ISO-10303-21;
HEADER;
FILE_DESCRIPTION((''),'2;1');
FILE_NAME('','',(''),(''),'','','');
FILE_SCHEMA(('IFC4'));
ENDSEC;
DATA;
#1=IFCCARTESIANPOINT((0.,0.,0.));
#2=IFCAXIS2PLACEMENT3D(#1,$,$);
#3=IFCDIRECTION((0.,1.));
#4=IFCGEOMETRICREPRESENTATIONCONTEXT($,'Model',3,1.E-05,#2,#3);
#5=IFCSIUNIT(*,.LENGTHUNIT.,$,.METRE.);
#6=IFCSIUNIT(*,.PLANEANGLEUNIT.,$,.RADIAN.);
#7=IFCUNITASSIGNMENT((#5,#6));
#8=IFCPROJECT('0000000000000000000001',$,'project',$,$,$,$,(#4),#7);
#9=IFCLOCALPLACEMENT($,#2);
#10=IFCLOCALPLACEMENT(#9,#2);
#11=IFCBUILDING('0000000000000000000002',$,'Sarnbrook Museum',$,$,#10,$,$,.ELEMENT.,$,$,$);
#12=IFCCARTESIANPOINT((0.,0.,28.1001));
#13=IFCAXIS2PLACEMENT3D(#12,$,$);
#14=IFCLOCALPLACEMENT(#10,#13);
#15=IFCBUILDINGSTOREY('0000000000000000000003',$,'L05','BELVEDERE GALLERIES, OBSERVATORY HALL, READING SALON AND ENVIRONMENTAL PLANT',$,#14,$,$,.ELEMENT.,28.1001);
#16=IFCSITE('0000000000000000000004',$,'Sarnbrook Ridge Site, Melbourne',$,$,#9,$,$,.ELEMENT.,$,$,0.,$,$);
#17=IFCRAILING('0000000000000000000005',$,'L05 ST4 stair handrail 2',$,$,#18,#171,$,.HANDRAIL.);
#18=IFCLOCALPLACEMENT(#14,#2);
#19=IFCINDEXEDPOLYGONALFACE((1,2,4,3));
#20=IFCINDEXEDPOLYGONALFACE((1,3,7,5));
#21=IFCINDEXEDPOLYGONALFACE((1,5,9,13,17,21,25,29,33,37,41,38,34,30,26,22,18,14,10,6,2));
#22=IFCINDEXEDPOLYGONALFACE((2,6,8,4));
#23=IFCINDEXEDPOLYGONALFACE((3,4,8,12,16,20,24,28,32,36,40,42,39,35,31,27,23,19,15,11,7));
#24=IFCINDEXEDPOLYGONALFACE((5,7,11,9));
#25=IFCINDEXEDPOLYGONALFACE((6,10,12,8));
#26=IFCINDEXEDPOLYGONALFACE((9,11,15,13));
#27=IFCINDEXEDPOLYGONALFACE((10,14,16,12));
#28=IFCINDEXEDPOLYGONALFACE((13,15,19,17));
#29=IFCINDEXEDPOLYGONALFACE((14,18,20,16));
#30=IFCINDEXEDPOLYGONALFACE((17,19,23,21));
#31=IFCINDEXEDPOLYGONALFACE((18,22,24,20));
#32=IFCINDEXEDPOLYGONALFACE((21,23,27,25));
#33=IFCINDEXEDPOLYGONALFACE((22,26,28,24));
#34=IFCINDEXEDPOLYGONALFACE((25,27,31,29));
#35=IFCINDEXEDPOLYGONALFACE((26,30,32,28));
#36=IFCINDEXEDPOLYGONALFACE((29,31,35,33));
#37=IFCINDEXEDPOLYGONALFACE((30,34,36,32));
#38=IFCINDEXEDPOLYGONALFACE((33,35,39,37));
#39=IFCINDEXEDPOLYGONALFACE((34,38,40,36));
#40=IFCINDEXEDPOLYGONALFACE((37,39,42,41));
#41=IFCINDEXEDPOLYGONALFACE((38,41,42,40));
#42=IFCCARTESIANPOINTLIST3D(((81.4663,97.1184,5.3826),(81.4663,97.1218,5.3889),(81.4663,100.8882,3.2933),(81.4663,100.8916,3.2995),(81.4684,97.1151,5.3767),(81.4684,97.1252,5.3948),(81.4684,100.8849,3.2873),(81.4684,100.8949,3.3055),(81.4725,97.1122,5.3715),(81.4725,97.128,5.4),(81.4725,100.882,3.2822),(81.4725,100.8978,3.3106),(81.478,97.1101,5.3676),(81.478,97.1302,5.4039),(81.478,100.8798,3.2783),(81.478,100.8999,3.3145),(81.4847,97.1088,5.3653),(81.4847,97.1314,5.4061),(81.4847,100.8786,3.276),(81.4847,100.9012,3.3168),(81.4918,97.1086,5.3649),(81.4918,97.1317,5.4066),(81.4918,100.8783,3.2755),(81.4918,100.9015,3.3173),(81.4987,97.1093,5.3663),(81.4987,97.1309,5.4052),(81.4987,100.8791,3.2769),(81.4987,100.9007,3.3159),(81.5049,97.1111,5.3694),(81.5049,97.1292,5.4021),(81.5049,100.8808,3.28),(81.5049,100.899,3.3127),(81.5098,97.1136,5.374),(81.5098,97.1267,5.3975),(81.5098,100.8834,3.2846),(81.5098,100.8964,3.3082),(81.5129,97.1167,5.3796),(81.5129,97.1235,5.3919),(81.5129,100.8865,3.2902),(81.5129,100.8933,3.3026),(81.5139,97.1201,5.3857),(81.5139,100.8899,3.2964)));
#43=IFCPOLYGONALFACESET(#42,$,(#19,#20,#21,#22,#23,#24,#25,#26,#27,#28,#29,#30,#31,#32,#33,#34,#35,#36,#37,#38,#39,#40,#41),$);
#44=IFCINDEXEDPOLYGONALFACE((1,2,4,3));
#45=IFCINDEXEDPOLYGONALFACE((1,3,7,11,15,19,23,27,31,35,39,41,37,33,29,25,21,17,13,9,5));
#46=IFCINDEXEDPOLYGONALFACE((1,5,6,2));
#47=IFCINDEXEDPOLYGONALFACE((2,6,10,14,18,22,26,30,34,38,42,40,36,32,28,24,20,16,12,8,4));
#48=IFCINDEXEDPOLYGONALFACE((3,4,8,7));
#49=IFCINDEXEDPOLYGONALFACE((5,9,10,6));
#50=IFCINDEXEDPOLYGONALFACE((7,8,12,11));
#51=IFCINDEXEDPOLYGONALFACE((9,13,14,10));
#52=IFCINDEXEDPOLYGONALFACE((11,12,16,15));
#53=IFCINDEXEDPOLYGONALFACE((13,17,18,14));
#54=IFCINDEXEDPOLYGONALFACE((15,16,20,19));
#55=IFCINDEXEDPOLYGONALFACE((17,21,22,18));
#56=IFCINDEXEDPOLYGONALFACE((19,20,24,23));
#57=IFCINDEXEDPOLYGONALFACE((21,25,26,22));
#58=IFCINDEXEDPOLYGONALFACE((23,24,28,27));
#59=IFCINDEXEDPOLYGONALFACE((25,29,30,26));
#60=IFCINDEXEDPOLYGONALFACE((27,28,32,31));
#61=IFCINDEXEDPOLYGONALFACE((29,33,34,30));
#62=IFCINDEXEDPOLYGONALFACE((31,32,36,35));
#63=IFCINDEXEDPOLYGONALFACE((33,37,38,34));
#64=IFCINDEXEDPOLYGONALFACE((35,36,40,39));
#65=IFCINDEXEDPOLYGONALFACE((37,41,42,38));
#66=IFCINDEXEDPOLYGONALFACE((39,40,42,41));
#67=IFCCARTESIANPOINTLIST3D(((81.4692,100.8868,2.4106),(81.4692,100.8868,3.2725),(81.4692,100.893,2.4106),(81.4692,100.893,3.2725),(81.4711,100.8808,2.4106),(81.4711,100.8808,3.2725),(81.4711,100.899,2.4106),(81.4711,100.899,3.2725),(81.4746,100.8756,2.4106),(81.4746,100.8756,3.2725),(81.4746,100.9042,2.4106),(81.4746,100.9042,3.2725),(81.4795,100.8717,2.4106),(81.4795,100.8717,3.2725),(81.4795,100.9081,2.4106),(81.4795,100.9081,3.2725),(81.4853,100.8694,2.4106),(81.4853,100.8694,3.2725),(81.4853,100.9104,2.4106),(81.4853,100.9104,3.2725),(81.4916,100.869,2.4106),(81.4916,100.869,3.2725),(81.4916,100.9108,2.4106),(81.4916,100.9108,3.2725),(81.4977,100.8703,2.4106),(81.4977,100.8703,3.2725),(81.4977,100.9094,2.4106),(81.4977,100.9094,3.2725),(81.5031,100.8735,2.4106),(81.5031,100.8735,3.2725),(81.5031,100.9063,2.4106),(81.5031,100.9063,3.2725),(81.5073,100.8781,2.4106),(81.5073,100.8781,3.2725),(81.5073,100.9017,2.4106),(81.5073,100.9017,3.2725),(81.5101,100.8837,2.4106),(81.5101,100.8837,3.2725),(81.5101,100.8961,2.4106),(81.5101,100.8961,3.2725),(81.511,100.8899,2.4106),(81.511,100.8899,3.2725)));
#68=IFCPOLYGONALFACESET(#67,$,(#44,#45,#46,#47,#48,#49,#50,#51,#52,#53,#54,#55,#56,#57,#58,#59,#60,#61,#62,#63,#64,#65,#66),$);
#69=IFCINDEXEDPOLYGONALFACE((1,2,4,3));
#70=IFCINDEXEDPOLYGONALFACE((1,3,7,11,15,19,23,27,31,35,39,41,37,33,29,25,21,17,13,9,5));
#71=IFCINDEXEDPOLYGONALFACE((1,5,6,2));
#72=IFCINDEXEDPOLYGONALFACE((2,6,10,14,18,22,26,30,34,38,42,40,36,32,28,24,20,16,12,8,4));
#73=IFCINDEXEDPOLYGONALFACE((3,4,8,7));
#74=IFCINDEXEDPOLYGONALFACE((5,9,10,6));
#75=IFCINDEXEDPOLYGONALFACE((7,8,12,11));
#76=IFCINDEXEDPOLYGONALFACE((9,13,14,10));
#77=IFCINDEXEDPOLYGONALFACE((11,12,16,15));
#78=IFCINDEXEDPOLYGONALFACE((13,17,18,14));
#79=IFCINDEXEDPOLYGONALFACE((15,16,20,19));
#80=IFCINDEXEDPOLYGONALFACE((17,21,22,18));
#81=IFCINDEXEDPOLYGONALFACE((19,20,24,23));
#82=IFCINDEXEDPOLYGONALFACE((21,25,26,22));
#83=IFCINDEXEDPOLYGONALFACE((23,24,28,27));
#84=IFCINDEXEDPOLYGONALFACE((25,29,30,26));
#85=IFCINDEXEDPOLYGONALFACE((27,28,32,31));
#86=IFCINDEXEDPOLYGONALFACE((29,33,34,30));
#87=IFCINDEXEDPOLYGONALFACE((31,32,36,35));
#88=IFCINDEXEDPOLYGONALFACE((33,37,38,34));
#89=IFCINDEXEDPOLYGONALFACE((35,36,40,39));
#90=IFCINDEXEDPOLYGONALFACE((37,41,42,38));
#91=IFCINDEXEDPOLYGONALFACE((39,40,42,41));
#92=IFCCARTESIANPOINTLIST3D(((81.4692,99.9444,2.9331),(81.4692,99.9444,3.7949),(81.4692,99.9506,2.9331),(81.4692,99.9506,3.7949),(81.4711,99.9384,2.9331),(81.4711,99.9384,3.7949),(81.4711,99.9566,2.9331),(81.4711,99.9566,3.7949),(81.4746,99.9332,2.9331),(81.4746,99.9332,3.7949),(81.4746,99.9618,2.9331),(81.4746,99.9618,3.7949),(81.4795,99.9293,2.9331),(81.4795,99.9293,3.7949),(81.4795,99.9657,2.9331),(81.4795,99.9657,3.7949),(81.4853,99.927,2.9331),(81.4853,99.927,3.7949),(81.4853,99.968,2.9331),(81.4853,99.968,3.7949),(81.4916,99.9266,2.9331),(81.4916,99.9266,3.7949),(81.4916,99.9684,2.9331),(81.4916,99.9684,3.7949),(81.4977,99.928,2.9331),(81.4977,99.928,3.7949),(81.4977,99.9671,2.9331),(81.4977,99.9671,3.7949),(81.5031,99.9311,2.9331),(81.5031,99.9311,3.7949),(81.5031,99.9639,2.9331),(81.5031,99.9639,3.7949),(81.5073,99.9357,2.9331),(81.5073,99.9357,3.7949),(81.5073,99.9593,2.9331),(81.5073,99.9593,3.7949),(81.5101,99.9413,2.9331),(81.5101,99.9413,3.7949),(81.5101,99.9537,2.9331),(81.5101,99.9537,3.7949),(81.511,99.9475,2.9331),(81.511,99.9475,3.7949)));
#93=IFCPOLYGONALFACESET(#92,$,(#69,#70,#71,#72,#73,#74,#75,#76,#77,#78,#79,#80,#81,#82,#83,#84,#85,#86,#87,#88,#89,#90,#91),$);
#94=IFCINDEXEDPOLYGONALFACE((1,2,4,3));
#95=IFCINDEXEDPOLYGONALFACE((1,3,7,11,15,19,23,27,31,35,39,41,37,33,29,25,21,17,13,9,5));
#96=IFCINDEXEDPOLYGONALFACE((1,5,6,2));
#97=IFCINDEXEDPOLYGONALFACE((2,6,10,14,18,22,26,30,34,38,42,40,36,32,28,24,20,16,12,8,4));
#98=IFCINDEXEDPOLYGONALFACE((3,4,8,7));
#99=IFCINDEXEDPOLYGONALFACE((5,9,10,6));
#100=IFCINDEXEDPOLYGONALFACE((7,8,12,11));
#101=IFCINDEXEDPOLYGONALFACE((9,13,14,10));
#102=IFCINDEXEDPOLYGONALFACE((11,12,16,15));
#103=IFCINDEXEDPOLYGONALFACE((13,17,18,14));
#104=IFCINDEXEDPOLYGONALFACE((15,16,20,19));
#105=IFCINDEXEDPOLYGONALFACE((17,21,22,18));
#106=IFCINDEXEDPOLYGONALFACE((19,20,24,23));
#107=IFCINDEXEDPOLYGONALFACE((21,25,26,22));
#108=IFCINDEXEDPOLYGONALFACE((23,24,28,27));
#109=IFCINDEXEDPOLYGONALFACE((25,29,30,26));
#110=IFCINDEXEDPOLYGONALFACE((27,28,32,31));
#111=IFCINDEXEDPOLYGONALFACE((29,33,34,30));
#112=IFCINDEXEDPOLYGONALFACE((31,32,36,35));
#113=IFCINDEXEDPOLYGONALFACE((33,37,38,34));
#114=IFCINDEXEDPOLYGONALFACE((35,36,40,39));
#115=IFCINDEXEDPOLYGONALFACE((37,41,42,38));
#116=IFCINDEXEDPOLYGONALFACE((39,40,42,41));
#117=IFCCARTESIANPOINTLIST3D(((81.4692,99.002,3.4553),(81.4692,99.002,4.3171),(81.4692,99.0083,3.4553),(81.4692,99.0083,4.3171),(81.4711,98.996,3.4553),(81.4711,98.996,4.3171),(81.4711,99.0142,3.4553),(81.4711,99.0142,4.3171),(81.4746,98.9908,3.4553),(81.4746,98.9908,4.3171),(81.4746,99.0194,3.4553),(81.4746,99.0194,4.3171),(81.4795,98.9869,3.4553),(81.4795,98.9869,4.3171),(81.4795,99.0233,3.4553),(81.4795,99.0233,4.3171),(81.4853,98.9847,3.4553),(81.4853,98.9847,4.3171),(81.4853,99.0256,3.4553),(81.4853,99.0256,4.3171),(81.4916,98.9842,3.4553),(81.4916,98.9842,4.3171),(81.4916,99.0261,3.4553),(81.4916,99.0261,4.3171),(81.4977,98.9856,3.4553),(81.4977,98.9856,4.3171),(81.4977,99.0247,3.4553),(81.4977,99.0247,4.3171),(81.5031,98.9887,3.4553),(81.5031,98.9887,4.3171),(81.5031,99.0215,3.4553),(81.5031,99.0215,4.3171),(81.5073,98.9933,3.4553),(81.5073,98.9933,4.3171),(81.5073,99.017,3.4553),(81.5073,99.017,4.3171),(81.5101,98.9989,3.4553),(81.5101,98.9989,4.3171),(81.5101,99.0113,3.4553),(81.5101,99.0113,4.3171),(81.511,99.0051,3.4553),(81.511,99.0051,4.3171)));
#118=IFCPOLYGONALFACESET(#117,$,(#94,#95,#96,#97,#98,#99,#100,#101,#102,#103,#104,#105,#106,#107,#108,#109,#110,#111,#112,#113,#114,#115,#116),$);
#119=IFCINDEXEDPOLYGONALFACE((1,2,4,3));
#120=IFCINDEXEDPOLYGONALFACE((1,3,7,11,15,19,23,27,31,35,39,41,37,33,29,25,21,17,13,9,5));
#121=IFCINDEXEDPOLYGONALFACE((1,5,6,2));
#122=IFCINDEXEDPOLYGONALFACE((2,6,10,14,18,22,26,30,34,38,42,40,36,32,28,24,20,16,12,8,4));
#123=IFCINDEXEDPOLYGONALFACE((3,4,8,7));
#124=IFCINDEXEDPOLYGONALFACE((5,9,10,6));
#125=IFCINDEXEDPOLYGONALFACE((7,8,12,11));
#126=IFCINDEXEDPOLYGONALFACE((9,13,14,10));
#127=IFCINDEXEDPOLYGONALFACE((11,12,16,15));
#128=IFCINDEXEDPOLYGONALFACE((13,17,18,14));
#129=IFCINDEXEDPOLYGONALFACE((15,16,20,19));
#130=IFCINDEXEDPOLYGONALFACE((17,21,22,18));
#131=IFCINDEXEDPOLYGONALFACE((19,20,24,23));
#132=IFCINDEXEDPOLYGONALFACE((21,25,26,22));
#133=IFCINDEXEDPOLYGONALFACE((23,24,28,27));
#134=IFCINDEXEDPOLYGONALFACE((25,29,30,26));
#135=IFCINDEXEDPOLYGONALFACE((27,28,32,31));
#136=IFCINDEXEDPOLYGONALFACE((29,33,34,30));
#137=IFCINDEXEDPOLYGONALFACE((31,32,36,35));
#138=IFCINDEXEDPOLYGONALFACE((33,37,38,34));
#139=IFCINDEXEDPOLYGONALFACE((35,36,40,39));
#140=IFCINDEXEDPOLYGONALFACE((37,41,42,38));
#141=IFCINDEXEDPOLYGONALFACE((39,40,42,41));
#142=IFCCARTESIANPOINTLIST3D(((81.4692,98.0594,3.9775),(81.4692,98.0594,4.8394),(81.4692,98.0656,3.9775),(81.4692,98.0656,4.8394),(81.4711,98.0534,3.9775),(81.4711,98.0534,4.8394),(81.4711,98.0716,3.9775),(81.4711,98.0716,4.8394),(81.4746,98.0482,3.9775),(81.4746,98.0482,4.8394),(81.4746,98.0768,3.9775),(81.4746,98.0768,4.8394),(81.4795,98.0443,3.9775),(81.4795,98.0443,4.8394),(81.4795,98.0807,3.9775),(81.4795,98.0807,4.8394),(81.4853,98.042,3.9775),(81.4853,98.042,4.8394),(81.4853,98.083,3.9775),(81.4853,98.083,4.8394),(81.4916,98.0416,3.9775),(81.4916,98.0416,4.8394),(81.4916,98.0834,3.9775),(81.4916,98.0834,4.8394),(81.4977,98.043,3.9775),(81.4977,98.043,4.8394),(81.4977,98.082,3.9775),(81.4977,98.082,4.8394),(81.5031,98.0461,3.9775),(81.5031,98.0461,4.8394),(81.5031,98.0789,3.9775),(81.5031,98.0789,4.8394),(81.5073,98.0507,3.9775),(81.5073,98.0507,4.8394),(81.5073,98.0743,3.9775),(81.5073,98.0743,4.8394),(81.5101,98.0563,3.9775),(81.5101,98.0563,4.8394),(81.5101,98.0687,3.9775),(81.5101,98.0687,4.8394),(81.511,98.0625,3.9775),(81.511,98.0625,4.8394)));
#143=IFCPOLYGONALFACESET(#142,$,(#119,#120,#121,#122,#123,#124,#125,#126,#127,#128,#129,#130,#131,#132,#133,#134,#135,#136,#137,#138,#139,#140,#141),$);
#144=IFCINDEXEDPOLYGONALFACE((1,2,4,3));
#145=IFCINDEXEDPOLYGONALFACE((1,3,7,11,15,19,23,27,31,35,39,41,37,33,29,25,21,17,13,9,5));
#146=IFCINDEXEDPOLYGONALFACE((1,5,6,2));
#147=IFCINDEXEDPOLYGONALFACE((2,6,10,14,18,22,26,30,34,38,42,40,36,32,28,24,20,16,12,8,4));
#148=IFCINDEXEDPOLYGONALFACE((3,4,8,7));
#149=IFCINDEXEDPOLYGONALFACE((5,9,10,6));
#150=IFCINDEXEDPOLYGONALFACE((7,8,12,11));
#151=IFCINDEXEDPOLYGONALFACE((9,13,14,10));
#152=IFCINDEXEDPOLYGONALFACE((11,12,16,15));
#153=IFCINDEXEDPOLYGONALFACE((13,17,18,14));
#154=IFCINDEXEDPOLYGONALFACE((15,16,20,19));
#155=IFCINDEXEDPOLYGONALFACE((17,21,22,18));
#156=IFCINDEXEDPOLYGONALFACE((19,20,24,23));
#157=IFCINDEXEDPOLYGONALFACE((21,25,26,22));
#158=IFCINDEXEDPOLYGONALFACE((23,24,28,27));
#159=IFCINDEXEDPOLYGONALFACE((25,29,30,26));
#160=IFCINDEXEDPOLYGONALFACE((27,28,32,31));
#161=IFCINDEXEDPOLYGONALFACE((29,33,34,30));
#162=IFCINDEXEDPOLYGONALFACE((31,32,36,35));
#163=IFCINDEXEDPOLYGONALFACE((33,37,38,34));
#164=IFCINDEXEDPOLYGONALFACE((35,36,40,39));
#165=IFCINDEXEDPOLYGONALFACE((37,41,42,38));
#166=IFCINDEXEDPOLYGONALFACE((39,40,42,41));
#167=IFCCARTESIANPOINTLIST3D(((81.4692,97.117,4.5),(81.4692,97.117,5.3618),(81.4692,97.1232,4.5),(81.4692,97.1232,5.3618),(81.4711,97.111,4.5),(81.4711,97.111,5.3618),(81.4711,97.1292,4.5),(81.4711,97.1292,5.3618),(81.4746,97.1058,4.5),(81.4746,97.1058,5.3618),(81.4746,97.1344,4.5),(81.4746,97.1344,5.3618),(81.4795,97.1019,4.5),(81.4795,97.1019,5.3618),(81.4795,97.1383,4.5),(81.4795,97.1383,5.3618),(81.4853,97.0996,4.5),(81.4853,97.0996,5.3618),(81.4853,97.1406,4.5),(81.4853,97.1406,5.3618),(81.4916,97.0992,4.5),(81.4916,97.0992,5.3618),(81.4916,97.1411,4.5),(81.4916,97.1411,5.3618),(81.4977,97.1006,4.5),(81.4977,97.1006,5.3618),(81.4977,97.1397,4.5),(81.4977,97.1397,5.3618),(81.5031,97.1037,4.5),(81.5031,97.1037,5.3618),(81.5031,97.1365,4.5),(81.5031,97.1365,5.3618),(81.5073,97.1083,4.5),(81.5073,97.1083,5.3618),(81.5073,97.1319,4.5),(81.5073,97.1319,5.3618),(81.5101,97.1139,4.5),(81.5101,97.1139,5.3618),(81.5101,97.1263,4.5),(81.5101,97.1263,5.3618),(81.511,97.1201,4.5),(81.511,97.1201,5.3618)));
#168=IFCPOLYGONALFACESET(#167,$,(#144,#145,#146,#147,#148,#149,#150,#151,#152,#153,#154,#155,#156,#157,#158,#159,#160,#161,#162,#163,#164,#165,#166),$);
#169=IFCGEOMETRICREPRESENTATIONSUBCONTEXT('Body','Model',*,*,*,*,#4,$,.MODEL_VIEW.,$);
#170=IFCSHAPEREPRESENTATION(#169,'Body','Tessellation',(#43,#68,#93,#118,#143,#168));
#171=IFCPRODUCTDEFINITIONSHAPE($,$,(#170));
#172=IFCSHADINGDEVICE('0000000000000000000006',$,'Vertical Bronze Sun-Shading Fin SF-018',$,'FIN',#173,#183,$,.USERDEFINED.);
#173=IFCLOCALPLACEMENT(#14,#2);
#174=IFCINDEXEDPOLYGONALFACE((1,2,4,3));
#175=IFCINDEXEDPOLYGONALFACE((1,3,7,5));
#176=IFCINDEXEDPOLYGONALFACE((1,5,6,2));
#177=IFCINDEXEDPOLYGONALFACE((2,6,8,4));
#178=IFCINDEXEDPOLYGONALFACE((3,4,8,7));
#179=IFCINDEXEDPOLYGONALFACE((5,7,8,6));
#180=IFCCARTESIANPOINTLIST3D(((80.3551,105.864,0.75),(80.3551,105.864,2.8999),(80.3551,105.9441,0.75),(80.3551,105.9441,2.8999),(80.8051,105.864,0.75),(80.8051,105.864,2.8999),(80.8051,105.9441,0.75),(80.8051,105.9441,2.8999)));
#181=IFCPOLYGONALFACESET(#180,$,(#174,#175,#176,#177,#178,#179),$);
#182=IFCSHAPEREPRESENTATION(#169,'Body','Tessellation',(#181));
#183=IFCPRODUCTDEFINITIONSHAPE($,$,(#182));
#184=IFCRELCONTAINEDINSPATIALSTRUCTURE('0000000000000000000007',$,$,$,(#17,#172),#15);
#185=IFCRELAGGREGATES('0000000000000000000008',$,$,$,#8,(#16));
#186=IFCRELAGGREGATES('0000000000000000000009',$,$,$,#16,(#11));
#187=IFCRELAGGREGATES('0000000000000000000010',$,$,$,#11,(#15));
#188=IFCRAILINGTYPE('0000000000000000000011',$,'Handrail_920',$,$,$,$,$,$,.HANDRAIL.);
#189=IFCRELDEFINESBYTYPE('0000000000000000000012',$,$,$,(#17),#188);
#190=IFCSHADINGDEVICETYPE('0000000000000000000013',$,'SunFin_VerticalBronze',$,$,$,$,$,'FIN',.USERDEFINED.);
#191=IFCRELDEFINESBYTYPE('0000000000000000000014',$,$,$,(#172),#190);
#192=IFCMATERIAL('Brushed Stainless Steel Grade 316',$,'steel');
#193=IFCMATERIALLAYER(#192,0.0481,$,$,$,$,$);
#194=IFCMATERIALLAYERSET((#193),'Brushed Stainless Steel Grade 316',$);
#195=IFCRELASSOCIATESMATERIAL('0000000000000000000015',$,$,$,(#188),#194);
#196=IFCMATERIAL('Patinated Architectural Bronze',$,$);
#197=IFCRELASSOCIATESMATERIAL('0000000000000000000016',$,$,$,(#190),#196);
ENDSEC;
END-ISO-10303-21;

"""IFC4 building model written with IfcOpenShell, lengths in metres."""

from ifc_helpers import new_model, si_unit, direction, frame, origin, origin_2d, place, context, subcontext, project, spatial, rectangle, circle, extrude, material, layer, layer_set, type_object, element, save


model = new_model("IFC4")

# Units and contexts
model_context = context("Model", 3, precision=1e-05, world=origin(), true_north=direction((0.0, 1.0)))
body_context = subcontext(model_context, "Body", "Model", "MODEL_VIEW")
ifc_project = project(units=[si_unit("LENGTHUNIT", "METRE"), si_unit("PLANEANGLEUNIT", "RADIAN")], contexts=[model_context])

# Site, building, storey
site_placement = place(None, origin())
site = spatial("IfcSite", under=ifc_project, at=site_placement, Name="Sarnbrook Ridge Site, Melbourne", CompositionType="ELEMENT", RefElevation=0.0)
building_placement = place(site_placement, origin())
building = spatial("IfcBuilding", under=site, at=building_placement, Name="Sarnbrook Museum", CompositionType="ELEMENT")
storey_placement = place(building_placement, frame((0.0, 0.0, 28.1001)))
storey = spatial("IfcBuildingStorey", under=building, at=storey_placement, Name="L05", Description="BELVEDERE GALLERIES, OBSERVATORY HALL, READING SALON AND ENVIRONMENTAL PLANT", CompositionType="ELEMENT", Elevation=28.1001)

# Shared definitions
ifc_material_1 = material(Name="Brushed Stainless Steel Grade 316", Category="steel")

# Shared definitions
ifc_material_2 = material(Name="Patinated Architectural Bronze")

# Railing
ifc_layer_1 = layer(ifc_material_1, 0.0481)
ifc_layer_set_1 = layer_set([ifc_layer_1], Name="Brushed Stainless Steel Grade 316")
railing_type_1 = type_object("IfcRailingType", Name="Handrail_920", PredefinedType="HANDRAIL", material=ifc_layer_set_1)
railing_1_placement = place(storey_placement, frame((81.49, 100.8899, 2.4106)))
element("IfcRailing", 1, at=railing_1_placement, inside=storey, type_object=railing_type_1, Name="L05 ST4 stair handrail 2", PredefinedType="HANDRAIL", context=body_context, shape_type="SweptSolid", body=[
    extrude(circle(Radius=0.0239, at=origin_2d()), frame((0.0, 0.0, 0.8857), z_axis=(0.0, -0.874646, 0.484763), x_axis=(1.0, 0.0, 0.0)), (0.0, 0.0, 1.0), 4.3101),
    extrude(circle(Radius=0.021, at=origin_2d()), origin(), (0.0, 0.0, 1.0), 0.8618),
    extrude(circle(Radius=0.021, at=origin_2d()), frame((0.0, -0.9424, 0.5225)), (0.0, 0.0, 1.0), 0.8618),
    extrude(circle(Radius=0.021, at=origin_2d()), frame((0.0, -1.8848, 1.0447)), (0.0, 0.0, 1.0), 0.8618),
    extrude(circle(Radius=0.021, at=origin_2d()), frame((0.0, -2.8274, 1.5669)), (0.0, 0.0, 1.0), 0.8618),
    extrude(circle(Radius=0.021, at=origin_2d()), frame((0.0, -3.7698, 2.0894)), (0.0, 0.0, 1.0), 0.8618),
])

# Shading device
shading_device_type_1 = type_object("IfcShadingDeviceType", Name="SunFin_VerticalBronze", ElementType="FIN", PredefinedType="USERDEFINED", material=ifc_material_2)
shading_device_1_placement = place(storey_placement, frame((80.5801, 105.9041, 0.75), z_axis=(0.0, 0.0, 1.0), x_axis=(1.0, 0.0, 0.0)))
element("IfcShadingDevice", 2, at=shading_device_1_placement, inside=storey, type_object=shading_device_type_1, Name="Vertical Bronze Sun-Shading Fin SF-018", ObjectType="FIN", PredefinedType="USERDEFINED", context=body_context, shape_type="SweptSolid", body=[
    extrude(rectangle(XDim=0.45, YDim=0.0801, at=origin_2d()), origin(), (0.0, 0.0, 1.0), 2.1499),
])

save(model, "model.ifc")
